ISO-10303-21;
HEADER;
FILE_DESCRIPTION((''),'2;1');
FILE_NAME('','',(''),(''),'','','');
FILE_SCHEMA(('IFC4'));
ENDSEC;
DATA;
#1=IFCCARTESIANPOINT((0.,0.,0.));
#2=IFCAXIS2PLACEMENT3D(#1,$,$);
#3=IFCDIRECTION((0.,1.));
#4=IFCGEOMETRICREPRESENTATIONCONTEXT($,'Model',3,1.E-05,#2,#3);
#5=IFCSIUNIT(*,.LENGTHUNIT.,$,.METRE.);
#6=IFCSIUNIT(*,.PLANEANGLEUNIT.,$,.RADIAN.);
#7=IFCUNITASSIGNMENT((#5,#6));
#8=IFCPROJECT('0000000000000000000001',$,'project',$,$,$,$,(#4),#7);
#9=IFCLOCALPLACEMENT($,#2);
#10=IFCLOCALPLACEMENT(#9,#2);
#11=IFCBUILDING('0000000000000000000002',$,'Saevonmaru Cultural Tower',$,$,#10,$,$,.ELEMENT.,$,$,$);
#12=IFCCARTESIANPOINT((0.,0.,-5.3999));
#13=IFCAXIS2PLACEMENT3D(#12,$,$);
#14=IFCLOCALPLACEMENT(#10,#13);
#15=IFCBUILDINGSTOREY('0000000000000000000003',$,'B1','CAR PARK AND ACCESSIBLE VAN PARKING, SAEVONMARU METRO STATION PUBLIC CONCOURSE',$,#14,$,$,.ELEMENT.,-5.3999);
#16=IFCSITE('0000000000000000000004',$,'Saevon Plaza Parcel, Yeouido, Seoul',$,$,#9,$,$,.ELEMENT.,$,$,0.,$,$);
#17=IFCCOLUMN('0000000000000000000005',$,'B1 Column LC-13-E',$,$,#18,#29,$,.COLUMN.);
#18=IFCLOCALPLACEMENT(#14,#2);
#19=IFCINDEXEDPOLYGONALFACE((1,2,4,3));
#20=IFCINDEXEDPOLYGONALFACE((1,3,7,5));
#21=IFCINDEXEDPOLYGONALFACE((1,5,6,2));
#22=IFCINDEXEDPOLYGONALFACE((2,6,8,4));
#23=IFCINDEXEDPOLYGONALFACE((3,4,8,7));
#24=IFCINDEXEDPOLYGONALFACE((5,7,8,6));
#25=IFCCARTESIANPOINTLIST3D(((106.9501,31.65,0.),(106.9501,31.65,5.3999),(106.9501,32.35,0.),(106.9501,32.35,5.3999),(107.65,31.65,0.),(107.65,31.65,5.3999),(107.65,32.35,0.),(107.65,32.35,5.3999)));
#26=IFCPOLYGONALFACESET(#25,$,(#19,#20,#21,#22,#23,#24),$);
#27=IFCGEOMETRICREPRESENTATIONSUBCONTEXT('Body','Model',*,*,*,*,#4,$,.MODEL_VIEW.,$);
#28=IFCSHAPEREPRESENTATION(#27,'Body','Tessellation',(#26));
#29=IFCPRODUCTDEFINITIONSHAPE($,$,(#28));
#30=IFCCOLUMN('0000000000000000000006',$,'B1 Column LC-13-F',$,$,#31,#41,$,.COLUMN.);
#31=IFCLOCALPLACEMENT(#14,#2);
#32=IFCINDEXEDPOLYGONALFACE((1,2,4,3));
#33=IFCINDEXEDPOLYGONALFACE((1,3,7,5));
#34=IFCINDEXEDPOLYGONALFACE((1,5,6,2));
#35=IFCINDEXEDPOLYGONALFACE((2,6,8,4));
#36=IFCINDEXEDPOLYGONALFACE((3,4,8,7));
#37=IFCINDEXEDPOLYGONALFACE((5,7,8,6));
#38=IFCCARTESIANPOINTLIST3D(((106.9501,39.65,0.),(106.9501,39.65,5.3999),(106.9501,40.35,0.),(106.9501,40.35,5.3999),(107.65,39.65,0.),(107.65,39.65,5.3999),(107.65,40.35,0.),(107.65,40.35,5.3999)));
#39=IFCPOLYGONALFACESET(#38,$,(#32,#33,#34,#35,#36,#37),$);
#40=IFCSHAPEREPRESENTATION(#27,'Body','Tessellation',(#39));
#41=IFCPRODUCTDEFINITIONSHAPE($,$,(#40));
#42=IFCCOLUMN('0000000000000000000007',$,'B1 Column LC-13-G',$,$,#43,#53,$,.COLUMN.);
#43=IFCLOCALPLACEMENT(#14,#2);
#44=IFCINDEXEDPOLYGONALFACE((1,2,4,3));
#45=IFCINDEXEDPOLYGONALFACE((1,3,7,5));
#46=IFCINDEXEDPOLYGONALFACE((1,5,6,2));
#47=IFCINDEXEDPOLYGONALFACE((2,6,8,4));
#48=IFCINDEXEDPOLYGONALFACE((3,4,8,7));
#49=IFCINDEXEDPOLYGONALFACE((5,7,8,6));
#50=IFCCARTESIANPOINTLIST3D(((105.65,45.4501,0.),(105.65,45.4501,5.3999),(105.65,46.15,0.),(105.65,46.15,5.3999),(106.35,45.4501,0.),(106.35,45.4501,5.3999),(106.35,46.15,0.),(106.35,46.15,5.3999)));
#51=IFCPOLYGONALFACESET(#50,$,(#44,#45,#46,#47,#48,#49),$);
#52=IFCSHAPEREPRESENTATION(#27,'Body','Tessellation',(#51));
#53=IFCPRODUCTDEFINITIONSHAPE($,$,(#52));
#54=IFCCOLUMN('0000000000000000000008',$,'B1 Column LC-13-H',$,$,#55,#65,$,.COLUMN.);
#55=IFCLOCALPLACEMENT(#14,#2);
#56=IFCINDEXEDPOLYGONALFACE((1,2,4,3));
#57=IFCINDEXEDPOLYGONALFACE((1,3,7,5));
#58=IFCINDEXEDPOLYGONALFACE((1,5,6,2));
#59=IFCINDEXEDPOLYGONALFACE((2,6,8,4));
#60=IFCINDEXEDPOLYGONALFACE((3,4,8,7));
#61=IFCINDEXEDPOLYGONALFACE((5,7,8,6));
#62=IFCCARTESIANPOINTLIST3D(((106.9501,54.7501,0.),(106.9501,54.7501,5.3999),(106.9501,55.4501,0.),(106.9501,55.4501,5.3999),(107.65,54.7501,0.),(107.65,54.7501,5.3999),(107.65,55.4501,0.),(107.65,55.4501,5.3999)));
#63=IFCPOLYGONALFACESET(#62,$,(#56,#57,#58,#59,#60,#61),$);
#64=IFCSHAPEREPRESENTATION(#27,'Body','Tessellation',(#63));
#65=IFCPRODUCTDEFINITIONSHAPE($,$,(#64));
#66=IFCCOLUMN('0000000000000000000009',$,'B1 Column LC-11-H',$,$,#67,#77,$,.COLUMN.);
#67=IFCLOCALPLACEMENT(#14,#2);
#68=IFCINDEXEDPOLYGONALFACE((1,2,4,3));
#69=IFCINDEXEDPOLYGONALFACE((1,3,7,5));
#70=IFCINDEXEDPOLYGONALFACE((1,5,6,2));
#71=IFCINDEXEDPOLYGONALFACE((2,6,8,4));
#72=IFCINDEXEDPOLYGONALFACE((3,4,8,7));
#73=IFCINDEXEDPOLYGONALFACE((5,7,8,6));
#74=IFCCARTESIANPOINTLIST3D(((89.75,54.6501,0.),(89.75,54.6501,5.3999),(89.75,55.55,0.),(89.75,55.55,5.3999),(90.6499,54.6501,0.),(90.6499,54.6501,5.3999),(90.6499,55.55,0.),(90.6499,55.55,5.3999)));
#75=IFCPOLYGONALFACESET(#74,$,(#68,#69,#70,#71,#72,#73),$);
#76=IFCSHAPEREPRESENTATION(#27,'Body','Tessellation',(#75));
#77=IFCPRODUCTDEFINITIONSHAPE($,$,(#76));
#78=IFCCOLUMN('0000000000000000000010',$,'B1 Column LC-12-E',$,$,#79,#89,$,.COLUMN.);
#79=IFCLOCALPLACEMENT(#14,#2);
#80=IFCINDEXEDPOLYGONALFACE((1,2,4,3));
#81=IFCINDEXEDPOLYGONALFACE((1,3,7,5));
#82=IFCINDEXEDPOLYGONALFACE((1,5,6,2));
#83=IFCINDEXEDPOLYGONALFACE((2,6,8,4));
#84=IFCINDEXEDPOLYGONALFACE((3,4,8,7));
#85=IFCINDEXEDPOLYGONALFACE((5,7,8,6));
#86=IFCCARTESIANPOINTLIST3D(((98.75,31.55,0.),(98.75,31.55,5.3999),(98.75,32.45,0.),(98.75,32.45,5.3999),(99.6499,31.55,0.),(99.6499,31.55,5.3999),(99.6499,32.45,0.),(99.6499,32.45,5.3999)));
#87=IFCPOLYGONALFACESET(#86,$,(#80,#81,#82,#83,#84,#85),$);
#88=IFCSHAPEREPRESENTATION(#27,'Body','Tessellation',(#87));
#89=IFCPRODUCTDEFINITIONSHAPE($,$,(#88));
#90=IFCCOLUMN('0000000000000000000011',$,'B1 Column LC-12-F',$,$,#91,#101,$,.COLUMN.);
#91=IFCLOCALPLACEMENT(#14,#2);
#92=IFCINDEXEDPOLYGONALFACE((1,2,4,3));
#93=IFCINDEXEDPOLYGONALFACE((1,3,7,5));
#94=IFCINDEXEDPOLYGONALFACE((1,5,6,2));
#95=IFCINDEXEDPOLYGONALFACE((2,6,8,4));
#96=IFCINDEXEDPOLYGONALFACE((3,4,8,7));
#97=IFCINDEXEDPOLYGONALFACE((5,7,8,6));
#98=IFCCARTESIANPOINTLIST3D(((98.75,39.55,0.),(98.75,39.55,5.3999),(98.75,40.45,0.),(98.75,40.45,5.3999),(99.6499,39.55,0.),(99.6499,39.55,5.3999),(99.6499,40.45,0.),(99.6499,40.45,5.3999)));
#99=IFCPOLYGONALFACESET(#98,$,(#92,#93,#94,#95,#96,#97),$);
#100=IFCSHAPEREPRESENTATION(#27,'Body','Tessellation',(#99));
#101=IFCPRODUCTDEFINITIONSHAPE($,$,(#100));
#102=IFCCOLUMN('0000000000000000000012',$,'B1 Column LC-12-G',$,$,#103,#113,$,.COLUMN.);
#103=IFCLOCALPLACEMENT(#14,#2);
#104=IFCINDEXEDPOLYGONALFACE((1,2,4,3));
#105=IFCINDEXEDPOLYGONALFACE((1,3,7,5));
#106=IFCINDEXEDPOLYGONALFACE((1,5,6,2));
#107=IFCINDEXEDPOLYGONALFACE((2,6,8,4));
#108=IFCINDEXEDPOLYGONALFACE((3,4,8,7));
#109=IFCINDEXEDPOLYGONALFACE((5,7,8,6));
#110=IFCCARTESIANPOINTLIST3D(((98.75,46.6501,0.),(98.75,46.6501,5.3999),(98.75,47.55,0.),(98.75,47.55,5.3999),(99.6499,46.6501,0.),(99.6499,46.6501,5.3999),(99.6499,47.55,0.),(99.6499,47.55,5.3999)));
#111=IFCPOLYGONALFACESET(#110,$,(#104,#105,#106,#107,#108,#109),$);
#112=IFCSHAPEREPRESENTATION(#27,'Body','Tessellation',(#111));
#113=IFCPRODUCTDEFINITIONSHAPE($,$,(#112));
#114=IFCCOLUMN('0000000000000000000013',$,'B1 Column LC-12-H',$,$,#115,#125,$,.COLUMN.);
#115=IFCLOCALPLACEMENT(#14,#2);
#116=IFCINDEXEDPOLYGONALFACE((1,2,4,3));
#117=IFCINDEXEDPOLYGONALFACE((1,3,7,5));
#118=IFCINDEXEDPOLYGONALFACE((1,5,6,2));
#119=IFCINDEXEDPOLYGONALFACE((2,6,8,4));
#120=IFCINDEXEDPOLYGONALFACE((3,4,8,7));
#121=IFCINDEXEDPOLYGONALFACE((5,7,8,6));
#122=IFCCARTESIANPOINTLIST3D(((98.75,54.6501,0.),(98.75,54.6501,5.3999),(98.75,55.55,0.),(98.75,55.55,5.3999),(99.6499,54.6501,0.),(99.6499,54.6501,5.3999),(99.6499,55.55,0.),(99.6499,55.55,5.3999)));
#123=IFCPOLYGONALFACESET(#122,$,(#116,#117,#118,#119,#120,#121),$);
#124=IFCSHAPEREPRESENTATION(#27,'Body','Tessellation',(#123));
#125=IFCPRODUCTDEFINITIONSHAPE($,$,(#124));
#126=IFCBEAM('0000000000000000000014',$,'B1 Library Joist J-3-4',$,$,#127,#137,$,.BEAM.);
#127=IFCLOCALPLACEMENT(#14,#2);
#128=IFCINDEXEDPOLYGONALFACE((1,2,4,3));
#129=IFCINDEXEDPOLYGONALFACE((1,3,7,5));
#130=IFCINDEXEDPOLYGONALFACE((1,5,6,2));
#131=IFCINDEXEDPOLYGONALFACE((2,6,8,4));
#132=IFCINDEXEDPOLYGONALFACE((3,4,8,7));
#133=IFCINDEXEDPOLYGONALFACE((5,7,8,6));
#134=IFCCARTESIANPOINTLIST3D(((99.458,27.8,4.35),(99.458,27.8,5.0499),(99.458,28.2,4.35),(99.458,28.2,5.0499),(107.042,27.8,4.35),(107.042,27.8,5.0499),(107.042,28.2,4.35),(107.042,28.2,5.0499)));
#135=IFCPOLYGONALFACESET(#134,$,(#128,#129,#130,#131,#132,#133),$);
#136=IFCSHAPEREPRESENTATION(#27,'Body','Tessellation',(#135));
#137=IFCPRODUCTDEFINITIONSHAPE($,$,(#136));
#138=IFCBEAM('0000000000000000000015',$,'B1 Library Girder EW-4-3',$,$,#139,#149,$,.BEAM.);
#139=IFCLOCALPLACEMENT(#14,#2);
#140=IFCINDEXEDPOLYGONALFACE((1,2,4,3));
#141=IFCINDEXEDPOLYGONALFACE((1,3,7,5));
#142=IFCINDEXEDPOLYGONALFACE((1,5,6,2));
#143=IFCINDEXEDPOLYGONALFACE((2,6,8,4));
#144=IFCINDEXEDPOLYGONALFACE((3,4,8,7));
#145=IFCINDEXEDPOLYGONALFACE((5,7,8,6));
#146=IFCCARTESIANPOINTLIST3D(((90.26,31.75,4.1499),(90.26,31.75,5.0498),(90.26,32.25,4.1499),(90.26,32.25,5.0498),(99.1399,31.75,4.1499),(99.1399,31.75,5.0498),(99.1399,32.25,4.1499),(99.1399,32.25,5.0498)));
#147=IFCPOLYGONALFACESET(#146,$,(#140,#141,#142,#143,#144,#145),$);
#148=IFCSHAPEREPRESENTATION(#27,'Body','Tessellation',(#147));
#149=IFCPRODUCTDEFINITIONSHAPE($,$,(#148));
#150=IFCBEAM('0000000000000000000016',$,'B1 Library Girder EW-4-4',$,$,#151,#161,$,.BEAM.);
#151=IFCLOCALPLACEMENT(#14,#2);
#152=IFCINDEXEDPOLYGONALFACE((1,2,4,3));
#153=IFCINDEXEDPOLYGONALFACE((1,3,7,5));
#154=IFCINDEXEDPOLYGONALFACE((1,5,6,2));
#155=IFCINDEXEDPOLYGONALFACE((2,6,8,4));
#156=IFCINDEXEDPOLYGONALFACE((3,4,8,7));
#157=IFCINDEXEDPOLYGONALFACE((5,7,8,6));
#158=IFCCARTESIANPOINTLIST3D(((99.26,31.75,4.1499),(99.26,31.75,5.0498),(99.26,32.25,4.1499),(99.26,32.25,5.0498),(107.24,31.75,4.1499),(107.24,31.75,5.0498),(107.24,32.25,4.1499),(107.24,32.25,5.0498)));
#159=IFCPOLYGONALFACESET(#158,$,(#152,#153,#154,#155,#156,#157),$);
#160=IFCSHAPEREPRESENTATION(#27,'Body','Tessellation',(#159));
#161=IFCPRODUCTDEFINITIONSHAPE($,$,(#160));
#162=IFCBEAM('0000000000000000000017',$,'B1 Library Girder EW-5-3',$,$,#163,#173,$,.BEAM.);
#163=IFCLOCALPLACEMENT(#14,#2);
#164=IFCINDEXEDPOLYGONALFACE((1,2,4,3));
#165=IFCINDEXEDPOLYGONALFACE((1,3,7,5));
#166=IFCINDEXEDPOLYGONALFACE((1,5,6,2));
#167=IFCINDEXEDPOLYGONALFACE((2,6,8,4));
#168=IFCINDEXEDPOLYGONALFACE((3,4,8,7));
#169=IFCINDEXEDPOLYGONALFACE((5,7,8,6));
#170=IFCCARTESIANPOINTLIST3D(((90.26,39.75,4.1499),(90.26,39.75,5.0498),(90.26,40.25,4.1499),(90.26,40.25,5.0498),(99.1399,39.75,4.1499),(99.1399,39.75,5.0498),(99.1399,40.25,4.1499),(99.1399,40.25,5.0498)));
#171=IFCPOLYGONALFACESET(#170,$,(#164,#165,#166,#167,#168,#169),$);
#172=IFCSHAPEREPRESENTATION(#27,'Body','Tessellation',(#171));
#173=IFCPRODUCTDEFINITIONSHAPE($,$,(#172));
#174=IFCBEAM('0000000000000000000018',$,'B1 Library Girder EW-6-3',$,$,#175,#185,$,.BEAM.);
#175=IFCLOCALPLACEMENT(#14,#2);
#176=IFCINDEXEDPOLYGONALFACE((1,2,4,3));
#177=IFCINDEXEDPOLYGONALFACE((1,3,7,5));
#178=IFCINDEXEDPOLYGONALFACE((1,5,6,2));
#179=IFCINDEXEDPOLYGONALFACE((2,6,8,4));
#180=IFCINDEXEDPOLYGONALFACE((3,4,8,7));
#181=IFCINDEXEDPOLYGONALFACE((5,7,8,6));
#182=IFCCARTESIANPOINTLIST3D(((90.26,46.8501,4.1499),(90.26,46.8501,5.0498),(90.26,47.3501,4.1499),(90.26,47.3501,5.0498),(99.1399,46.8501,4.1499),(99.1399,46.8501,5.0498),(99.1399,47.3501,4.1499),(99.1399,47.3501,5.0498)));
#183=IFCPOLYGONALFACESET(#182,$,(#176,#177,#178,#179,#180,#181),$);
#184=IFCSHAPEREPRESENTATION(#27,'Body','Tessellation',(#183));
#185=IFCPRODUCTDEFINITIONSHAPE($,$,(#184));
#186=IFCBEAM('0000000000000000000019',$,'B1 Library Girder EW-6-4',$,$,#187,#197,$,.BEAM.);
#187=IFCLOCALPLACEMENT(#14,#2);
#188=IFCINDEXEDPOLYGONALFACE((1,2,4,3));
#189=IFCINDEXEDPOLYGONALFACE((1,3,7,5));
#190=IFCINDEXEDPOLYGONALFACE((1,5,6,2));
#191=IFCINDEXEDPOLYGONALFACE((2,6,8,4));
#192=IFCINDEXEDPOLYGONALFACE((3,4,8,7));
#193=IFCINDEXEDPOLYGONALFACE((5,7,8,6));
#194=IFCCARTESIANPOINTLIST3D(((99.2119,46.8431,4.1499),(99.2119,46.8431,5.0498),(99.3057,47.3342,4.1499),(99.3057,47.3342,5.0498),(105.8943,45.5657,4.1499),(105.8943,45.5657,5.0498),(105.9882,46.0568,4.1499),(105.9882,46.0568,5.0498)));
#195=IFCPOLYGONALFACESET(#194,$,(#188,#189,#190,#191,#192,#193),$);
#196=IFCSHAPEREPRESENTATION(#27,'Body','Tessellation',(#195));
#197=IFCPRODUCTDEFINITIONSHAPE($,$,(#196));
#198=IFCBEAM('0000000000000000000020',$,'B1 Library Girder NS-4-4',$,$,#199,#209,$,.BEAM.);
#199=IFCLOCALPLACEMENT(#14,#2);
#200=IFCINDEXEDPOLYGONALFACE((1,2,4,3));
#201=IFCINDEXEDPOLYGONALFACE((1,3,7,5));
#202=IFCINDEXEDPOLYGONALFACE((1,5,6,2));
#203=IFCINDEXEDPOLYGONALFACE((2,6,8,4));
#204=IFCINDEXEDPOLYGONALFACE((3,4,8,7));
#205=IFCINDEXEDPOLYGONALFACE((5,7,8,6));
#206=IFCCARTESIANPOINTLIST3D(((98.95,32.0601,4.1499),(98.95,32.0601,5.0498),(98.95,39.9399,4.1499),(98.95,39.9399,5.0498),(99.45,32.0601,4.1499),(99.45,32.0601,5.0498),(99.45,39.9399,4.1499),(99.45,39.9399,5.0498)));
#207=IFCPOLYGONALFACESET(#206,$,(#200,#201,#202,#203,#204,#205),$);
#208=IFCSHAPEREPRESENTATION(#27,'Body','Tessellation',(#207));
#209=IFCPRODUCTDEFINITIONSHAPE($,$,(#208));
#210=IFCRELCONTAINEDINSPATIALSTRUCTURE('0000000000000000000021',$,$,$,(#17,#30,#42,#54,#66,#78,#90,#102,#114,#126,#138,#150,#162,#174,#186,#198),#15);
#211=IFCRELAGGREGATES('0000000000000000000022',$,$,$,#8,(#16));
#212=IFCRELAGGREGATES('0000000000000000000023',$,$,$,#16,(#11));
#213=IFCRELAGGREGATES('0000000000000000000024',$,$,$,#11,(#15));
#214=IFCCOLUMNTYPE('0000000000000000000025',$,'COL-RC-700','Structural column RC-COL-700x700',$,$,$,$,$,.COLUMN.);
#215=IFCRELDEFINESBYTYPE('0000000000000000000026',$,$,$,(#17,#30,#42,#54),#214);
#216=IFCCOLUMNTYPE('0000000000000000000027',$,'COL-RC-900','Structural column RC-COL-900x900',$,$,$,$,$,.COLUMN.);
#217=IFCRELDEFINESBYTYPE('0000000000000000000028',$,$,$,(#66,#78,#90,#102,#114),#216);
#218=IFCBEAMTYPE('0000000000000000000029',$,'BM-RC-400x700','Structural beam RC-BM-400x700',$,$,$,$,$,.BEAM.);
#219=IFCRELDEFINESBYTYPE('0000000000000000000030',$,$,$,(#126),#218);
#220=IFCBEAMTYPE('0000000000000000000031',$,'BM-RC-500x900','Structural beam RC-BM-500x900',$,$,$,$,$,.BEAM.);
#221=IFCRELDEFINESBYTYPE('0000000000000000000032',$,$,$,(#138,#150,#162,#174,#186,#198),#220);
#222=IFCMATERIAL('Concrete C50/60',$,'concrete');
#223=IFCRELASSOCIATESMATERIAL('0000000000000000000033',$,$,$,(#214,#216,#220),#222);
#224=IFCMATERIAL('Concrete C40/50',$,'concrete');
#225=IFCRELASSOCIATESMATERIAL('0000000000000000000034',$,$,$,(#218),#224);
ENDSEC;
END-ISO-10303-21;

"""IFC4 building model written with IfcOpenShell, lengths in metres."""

from ifc_helpers import new_model, si_unit, direction, frame, origin, origin_2d, place, context, subcontext, project, spatial, rectangle, extrude, material, material_profile, profile_set, type_object, element, save


model = new_model("IFC4")

# Units and contexts
model_context = context("Model", 3, precision=1e-05, world=origin(), true_north=direction((0.0, 1.0)))
body_context = subcontext(model_context, "Body", "Model", "MODEL_VIEW")
ifc_project = project(units=[si_unit("LENGTHUNIT", "METRE"), si_unit("PLANEANGLEUNIT", "RADIAN")], contexts=[model_context])

# Site, building, storey
site_placement = place(None, origin())
site = spatial("IfcSite", under=ifc_project, at=site_placement, Name="Saevon Plaza Parcel, Yeouido, Seoul", CompositionType="ELEMENT", RefElevation=0.0)
building_placement = place(site_placement, origin())
building = spatial("IfcBuilding", under=site, at=building_placement, Name="Saevonmaru Cultural Tower", CompositionType="ELEMENT")
storey_placement = place(building_placement, frame((0.0, 0.0, -5.3999)))
storey = spatial("IfcBuildingStorey", under=building, at=storey_placement, Name="B1", Description="CAR PARK AND ACCESSIBLE VAN PARKING, SAEVONMARU METRO STATION PUBLIC CONCOURSE", CompositionType="ELEMENT", Elevation=-5.3999)

# Columns
ifc_material_1 = material(Name="Concrete C50/60", Category="concrete")
ifc_material_profile_1 = material_profile(ifc_material_1, rectangle(XDim=0.7, YDim=0.7, at=origin_2d()), Name="RC-COL-700x700")
ifc_profile_set_1 = profile_set([ifc_material_profile_1], Name="Concrete C50/60")
column_type_1 = type_object("IfcColumnType", Name="COL-RC-700", Description="Structural column RC-COL-700x700", PredefinedType="COLUMN", material=ifc_profile_set_1)
for number, where, z_axis, x_axis, name in (
    (1, (107.3, 32.0, 0.0), (0.0, 0.0, 1.0), (1.0, 0.0, 0.0), "B1 Column LC-13-E"),
    (2, (107.3, 40.0, 0.0), (0.0, 0.0, 1.0), (1.0, 0.0, 0.0), "B1 Column LC-13-F"),
    (3, (106.0, 45.8, 0.0), (0.0, 0.0, 1.0), (1.0, 0.0, 0.0), "B1 Column LC-13-G"),
    (4, (107.3, 55.1001, 0.0), (0.0, 0.0, 1.0), (1.0, 0.0, 0.0), "B1 Column LC-13-H"),
):
    element("IfcColumn", number, at=place(storey_placement, frame(where, z_axis=z_axis, x_axis=x_axis)), inside=storey, type_object=column_type_1, Name=name, PredefinedType="COLUMN", context=body_context, shape_type="SweptSolid", body=[
        extrude(rectangle(XDim=0.7, YDim=0.7, at=origin_2d()), origin(), (0.0, 0.0, 1.0), 5.3999),
    ])
ifc_material_profile_2 = material_profile(ifc_material_1, rectangle(XDim=0.8999, YDim=0.8999, at=origin_2d()), Name="RC-COL-900x900")
ifc_profile_set_2 = profile_set([ifc_material_profile_2], Name="Concrete C50/60")
column_type_2 = type_object("IfcColumnType", Name="COL-RC-900", Description="Structural column RC-COL-900x900", PredefinedType="COLUMN", material=ifc_profile_set_2)
for number, where, z_axis, x_axis, name in (
    (5, (90.2, 55.1001, 0.0), (0.0, 0.0, 1.0), (1.0, 0.0, 0.0), "B1 Column LC-11-H"),
    (6, (99.2, 32.0, 0.0), (0.0, 0.0, 1.0), (1.0, 0.0, 0.0), "B1 Column LC-12-E"),
    (7, (99.2, 40.0, 0.0), (0.0, 0.0, 1.0), (1.0, 0.0, 0.0), "B1 Column LC-12-F"),
    (8, (99.2, 47.1001, 0.0), (0.0, 0.0, 1.0), (1.0, 0.0, 0.0), "B1 Column LC-12-G"),
    (9, (99.2, 55.1001, 0.0), (0.0, 0.0, 1.0), (1.0, 0.0, 0.0), "B1 Column LC-12-H"),
):
    element("IfcColumn", number, at=place(storey_placement, frame(where, z_axis=z_axis, x_axis=x_axis)), inside=storey, type_object=column_type_2, Name=name, PredefinedType="COLUMN", context=body_context, shape_type="SweptSolid", body=[
        extrude(rectangle(XDim=0.8999, YDim=0.8999, at=origin_2d()), origin(), (0.0, 0.0, 1.0), 5.3999),
    ])

# Beams
ifc_material_2 = material(Name="Concrete C40/50", Category="concrete")
ifc_material_profile_3 = material_profile(ifc_material_2, rectangle(XDim=0.3999, YDim=0.7, at=origin_2d()), Name="RC-BM-400x700")
ifc_profile_set_3 = profile_set([ifc_material_profile_3], Name="Concrete C40/50")
beam_type_1 = type_object("IfcBeamType", Name="BM-RC-400x700", Description="Structural beam RC-BM-400x700", PredefinedType="BEAM", material=ifc_profile_set_3)
beam_1_placement = place(storey_placement, frame((99.458, 28.0, 4.7), z_axis=(1.0, 0.0, 0.0), x_axis=(0.0, 1.0, 0.0)))
element("IfcBeam", 10, at=beam_1_placement, inside=storey, type_object=beam_type_1, Name="B1 Library Joist J-3-4", PredefinedType="BEAM", context=body_context, shape_type="SweptSolid", body=[
    extrude(rectangle(XDim=0.3999, YDim=0.7, at=origin_2d()), origin(), (0.0, 0.0, 1.0), 7.584),
])
ifc_material_profile_4 = material_profile(ifc_material_1, rectangle(XDim=0.5, YDim=0.8999, at=origin_2d()), Name="RC-BM-500x900")
ifc_profile_set_4 = profile_set([ifc_material_profile_4], Name="Concrete C50/60")
beam_type_2 = type_object("IfcBeamType", Name="BM-RC-500x900", Description="Structural beam RC-BM-500x900", PredefinedType="BEAM", material=ifc_profile_set_4)
beam_2_placement = place(storey_placement, frame((90.26, 32.0, 4.5999), z_axis=(1.0, 0.0, 0.0), x_axis=(0.0, 1.0, 0.0)))
element("IfcBeam", 11, at=beam_2_placement, inside=storey, type_object=beam_type_2, Name="B1 Library Girder EW-4-3", PredefinedType="BEAM", context=body_context, shape_type="SweptSolid", body=[
    extrude(rectangle(XDim=0.5, YDim=0.8999, at=origin_2d()), origin(), (0.0, 0.0, 1.0), 8.8799),
])
beam_3_placement = place(storey_placement, frame((99.26, 32.0, 4.5999), z_axis=(1.0, 0.0, 0.0), x_axis=(0.0, 1.0, 0.0)))
element("IfcBeam", 12, at=beam_3_placement, inside=storey, type_object=beam_type_2, Name="B1 Library Girder EW-4-4", PredefinedType="BEAM", context=body_context, shape_type="SweptSolid", body=[
    extrude(rectangle(XDim=0.5, YDim=0.8999, at=origin_2d()), origin(), (0.0, 0.0, 1.0), 7.98),
])
for number, where, z_axis, x_axis, name in (
    (13, (90.26, 40.0, 4.5999), (1.0, 0.0, 0.0), (0.0, 1.0, 0.0), "B1 Library Girder EW-5-3"),
    (14, (90.26, 47.1001, 4.5999), (1.0, 0.0, 0.0), (0.0, 1.0, 0.0), "B1 Library Girder EW-6-3"),
):
    element("IfcBeam", number, at=place(storey_placement, frame(where, z_axis=z_axis, x_axis=x_axis)), inside=storey, type_object=beam_type_2, Name=name, PredefinedType="BEAM", context=body_context, shape_type="SweptSolid", body=[
        extrude(rectangle(XDim=0.5, YDim=0.8999, at=origin_2d()), origin(), (0.0, 0.0, 1.0), 8.8799),
    ])
beam_4_placement = place(storey_placement, frame((99.2588, 47.0886, 4.5999), z_axis=(0.982216, -0.187752, 0.0), x_axis=(0.187752, 0.982216, 0.0)))
element("IfcBeam", 15, at=beam_4_placement, inside=storey, type_object=beam_type_2, Name="B1 Library Girder EW-6-4", PredefinedType="BEAM", context=body_context, shape_type="SweptSolid", body=[
    extrude(rectangle(XDim=0.5, YDim=0.8999, at=origin_2d()), origin(), (0.0, 0.0, 1.0), 6.8035),
])
beam_5_placement = place(storey_placement, frame((99.2, 32.0601, 4.5999), z_axis=(0.0, 1.0, 0.0), x_axis=(-1.0, 0.0, 0.0)))
element("IfcBeam", 16, at=beam_5_placement, inside=storey, type_object=beam_type_2, Name="B1 Library Girder NS-4-4", PredefinedType="BEAM", context=body_context, shape_type="SweptSolid", body=[
    extrude(rectangle(XDim=0.5, YDim=0.8999, at=origin_2d()), origin(), (0.0, 0.0, 1.0), 7.8799),
])

save(model, "model.ifc")
